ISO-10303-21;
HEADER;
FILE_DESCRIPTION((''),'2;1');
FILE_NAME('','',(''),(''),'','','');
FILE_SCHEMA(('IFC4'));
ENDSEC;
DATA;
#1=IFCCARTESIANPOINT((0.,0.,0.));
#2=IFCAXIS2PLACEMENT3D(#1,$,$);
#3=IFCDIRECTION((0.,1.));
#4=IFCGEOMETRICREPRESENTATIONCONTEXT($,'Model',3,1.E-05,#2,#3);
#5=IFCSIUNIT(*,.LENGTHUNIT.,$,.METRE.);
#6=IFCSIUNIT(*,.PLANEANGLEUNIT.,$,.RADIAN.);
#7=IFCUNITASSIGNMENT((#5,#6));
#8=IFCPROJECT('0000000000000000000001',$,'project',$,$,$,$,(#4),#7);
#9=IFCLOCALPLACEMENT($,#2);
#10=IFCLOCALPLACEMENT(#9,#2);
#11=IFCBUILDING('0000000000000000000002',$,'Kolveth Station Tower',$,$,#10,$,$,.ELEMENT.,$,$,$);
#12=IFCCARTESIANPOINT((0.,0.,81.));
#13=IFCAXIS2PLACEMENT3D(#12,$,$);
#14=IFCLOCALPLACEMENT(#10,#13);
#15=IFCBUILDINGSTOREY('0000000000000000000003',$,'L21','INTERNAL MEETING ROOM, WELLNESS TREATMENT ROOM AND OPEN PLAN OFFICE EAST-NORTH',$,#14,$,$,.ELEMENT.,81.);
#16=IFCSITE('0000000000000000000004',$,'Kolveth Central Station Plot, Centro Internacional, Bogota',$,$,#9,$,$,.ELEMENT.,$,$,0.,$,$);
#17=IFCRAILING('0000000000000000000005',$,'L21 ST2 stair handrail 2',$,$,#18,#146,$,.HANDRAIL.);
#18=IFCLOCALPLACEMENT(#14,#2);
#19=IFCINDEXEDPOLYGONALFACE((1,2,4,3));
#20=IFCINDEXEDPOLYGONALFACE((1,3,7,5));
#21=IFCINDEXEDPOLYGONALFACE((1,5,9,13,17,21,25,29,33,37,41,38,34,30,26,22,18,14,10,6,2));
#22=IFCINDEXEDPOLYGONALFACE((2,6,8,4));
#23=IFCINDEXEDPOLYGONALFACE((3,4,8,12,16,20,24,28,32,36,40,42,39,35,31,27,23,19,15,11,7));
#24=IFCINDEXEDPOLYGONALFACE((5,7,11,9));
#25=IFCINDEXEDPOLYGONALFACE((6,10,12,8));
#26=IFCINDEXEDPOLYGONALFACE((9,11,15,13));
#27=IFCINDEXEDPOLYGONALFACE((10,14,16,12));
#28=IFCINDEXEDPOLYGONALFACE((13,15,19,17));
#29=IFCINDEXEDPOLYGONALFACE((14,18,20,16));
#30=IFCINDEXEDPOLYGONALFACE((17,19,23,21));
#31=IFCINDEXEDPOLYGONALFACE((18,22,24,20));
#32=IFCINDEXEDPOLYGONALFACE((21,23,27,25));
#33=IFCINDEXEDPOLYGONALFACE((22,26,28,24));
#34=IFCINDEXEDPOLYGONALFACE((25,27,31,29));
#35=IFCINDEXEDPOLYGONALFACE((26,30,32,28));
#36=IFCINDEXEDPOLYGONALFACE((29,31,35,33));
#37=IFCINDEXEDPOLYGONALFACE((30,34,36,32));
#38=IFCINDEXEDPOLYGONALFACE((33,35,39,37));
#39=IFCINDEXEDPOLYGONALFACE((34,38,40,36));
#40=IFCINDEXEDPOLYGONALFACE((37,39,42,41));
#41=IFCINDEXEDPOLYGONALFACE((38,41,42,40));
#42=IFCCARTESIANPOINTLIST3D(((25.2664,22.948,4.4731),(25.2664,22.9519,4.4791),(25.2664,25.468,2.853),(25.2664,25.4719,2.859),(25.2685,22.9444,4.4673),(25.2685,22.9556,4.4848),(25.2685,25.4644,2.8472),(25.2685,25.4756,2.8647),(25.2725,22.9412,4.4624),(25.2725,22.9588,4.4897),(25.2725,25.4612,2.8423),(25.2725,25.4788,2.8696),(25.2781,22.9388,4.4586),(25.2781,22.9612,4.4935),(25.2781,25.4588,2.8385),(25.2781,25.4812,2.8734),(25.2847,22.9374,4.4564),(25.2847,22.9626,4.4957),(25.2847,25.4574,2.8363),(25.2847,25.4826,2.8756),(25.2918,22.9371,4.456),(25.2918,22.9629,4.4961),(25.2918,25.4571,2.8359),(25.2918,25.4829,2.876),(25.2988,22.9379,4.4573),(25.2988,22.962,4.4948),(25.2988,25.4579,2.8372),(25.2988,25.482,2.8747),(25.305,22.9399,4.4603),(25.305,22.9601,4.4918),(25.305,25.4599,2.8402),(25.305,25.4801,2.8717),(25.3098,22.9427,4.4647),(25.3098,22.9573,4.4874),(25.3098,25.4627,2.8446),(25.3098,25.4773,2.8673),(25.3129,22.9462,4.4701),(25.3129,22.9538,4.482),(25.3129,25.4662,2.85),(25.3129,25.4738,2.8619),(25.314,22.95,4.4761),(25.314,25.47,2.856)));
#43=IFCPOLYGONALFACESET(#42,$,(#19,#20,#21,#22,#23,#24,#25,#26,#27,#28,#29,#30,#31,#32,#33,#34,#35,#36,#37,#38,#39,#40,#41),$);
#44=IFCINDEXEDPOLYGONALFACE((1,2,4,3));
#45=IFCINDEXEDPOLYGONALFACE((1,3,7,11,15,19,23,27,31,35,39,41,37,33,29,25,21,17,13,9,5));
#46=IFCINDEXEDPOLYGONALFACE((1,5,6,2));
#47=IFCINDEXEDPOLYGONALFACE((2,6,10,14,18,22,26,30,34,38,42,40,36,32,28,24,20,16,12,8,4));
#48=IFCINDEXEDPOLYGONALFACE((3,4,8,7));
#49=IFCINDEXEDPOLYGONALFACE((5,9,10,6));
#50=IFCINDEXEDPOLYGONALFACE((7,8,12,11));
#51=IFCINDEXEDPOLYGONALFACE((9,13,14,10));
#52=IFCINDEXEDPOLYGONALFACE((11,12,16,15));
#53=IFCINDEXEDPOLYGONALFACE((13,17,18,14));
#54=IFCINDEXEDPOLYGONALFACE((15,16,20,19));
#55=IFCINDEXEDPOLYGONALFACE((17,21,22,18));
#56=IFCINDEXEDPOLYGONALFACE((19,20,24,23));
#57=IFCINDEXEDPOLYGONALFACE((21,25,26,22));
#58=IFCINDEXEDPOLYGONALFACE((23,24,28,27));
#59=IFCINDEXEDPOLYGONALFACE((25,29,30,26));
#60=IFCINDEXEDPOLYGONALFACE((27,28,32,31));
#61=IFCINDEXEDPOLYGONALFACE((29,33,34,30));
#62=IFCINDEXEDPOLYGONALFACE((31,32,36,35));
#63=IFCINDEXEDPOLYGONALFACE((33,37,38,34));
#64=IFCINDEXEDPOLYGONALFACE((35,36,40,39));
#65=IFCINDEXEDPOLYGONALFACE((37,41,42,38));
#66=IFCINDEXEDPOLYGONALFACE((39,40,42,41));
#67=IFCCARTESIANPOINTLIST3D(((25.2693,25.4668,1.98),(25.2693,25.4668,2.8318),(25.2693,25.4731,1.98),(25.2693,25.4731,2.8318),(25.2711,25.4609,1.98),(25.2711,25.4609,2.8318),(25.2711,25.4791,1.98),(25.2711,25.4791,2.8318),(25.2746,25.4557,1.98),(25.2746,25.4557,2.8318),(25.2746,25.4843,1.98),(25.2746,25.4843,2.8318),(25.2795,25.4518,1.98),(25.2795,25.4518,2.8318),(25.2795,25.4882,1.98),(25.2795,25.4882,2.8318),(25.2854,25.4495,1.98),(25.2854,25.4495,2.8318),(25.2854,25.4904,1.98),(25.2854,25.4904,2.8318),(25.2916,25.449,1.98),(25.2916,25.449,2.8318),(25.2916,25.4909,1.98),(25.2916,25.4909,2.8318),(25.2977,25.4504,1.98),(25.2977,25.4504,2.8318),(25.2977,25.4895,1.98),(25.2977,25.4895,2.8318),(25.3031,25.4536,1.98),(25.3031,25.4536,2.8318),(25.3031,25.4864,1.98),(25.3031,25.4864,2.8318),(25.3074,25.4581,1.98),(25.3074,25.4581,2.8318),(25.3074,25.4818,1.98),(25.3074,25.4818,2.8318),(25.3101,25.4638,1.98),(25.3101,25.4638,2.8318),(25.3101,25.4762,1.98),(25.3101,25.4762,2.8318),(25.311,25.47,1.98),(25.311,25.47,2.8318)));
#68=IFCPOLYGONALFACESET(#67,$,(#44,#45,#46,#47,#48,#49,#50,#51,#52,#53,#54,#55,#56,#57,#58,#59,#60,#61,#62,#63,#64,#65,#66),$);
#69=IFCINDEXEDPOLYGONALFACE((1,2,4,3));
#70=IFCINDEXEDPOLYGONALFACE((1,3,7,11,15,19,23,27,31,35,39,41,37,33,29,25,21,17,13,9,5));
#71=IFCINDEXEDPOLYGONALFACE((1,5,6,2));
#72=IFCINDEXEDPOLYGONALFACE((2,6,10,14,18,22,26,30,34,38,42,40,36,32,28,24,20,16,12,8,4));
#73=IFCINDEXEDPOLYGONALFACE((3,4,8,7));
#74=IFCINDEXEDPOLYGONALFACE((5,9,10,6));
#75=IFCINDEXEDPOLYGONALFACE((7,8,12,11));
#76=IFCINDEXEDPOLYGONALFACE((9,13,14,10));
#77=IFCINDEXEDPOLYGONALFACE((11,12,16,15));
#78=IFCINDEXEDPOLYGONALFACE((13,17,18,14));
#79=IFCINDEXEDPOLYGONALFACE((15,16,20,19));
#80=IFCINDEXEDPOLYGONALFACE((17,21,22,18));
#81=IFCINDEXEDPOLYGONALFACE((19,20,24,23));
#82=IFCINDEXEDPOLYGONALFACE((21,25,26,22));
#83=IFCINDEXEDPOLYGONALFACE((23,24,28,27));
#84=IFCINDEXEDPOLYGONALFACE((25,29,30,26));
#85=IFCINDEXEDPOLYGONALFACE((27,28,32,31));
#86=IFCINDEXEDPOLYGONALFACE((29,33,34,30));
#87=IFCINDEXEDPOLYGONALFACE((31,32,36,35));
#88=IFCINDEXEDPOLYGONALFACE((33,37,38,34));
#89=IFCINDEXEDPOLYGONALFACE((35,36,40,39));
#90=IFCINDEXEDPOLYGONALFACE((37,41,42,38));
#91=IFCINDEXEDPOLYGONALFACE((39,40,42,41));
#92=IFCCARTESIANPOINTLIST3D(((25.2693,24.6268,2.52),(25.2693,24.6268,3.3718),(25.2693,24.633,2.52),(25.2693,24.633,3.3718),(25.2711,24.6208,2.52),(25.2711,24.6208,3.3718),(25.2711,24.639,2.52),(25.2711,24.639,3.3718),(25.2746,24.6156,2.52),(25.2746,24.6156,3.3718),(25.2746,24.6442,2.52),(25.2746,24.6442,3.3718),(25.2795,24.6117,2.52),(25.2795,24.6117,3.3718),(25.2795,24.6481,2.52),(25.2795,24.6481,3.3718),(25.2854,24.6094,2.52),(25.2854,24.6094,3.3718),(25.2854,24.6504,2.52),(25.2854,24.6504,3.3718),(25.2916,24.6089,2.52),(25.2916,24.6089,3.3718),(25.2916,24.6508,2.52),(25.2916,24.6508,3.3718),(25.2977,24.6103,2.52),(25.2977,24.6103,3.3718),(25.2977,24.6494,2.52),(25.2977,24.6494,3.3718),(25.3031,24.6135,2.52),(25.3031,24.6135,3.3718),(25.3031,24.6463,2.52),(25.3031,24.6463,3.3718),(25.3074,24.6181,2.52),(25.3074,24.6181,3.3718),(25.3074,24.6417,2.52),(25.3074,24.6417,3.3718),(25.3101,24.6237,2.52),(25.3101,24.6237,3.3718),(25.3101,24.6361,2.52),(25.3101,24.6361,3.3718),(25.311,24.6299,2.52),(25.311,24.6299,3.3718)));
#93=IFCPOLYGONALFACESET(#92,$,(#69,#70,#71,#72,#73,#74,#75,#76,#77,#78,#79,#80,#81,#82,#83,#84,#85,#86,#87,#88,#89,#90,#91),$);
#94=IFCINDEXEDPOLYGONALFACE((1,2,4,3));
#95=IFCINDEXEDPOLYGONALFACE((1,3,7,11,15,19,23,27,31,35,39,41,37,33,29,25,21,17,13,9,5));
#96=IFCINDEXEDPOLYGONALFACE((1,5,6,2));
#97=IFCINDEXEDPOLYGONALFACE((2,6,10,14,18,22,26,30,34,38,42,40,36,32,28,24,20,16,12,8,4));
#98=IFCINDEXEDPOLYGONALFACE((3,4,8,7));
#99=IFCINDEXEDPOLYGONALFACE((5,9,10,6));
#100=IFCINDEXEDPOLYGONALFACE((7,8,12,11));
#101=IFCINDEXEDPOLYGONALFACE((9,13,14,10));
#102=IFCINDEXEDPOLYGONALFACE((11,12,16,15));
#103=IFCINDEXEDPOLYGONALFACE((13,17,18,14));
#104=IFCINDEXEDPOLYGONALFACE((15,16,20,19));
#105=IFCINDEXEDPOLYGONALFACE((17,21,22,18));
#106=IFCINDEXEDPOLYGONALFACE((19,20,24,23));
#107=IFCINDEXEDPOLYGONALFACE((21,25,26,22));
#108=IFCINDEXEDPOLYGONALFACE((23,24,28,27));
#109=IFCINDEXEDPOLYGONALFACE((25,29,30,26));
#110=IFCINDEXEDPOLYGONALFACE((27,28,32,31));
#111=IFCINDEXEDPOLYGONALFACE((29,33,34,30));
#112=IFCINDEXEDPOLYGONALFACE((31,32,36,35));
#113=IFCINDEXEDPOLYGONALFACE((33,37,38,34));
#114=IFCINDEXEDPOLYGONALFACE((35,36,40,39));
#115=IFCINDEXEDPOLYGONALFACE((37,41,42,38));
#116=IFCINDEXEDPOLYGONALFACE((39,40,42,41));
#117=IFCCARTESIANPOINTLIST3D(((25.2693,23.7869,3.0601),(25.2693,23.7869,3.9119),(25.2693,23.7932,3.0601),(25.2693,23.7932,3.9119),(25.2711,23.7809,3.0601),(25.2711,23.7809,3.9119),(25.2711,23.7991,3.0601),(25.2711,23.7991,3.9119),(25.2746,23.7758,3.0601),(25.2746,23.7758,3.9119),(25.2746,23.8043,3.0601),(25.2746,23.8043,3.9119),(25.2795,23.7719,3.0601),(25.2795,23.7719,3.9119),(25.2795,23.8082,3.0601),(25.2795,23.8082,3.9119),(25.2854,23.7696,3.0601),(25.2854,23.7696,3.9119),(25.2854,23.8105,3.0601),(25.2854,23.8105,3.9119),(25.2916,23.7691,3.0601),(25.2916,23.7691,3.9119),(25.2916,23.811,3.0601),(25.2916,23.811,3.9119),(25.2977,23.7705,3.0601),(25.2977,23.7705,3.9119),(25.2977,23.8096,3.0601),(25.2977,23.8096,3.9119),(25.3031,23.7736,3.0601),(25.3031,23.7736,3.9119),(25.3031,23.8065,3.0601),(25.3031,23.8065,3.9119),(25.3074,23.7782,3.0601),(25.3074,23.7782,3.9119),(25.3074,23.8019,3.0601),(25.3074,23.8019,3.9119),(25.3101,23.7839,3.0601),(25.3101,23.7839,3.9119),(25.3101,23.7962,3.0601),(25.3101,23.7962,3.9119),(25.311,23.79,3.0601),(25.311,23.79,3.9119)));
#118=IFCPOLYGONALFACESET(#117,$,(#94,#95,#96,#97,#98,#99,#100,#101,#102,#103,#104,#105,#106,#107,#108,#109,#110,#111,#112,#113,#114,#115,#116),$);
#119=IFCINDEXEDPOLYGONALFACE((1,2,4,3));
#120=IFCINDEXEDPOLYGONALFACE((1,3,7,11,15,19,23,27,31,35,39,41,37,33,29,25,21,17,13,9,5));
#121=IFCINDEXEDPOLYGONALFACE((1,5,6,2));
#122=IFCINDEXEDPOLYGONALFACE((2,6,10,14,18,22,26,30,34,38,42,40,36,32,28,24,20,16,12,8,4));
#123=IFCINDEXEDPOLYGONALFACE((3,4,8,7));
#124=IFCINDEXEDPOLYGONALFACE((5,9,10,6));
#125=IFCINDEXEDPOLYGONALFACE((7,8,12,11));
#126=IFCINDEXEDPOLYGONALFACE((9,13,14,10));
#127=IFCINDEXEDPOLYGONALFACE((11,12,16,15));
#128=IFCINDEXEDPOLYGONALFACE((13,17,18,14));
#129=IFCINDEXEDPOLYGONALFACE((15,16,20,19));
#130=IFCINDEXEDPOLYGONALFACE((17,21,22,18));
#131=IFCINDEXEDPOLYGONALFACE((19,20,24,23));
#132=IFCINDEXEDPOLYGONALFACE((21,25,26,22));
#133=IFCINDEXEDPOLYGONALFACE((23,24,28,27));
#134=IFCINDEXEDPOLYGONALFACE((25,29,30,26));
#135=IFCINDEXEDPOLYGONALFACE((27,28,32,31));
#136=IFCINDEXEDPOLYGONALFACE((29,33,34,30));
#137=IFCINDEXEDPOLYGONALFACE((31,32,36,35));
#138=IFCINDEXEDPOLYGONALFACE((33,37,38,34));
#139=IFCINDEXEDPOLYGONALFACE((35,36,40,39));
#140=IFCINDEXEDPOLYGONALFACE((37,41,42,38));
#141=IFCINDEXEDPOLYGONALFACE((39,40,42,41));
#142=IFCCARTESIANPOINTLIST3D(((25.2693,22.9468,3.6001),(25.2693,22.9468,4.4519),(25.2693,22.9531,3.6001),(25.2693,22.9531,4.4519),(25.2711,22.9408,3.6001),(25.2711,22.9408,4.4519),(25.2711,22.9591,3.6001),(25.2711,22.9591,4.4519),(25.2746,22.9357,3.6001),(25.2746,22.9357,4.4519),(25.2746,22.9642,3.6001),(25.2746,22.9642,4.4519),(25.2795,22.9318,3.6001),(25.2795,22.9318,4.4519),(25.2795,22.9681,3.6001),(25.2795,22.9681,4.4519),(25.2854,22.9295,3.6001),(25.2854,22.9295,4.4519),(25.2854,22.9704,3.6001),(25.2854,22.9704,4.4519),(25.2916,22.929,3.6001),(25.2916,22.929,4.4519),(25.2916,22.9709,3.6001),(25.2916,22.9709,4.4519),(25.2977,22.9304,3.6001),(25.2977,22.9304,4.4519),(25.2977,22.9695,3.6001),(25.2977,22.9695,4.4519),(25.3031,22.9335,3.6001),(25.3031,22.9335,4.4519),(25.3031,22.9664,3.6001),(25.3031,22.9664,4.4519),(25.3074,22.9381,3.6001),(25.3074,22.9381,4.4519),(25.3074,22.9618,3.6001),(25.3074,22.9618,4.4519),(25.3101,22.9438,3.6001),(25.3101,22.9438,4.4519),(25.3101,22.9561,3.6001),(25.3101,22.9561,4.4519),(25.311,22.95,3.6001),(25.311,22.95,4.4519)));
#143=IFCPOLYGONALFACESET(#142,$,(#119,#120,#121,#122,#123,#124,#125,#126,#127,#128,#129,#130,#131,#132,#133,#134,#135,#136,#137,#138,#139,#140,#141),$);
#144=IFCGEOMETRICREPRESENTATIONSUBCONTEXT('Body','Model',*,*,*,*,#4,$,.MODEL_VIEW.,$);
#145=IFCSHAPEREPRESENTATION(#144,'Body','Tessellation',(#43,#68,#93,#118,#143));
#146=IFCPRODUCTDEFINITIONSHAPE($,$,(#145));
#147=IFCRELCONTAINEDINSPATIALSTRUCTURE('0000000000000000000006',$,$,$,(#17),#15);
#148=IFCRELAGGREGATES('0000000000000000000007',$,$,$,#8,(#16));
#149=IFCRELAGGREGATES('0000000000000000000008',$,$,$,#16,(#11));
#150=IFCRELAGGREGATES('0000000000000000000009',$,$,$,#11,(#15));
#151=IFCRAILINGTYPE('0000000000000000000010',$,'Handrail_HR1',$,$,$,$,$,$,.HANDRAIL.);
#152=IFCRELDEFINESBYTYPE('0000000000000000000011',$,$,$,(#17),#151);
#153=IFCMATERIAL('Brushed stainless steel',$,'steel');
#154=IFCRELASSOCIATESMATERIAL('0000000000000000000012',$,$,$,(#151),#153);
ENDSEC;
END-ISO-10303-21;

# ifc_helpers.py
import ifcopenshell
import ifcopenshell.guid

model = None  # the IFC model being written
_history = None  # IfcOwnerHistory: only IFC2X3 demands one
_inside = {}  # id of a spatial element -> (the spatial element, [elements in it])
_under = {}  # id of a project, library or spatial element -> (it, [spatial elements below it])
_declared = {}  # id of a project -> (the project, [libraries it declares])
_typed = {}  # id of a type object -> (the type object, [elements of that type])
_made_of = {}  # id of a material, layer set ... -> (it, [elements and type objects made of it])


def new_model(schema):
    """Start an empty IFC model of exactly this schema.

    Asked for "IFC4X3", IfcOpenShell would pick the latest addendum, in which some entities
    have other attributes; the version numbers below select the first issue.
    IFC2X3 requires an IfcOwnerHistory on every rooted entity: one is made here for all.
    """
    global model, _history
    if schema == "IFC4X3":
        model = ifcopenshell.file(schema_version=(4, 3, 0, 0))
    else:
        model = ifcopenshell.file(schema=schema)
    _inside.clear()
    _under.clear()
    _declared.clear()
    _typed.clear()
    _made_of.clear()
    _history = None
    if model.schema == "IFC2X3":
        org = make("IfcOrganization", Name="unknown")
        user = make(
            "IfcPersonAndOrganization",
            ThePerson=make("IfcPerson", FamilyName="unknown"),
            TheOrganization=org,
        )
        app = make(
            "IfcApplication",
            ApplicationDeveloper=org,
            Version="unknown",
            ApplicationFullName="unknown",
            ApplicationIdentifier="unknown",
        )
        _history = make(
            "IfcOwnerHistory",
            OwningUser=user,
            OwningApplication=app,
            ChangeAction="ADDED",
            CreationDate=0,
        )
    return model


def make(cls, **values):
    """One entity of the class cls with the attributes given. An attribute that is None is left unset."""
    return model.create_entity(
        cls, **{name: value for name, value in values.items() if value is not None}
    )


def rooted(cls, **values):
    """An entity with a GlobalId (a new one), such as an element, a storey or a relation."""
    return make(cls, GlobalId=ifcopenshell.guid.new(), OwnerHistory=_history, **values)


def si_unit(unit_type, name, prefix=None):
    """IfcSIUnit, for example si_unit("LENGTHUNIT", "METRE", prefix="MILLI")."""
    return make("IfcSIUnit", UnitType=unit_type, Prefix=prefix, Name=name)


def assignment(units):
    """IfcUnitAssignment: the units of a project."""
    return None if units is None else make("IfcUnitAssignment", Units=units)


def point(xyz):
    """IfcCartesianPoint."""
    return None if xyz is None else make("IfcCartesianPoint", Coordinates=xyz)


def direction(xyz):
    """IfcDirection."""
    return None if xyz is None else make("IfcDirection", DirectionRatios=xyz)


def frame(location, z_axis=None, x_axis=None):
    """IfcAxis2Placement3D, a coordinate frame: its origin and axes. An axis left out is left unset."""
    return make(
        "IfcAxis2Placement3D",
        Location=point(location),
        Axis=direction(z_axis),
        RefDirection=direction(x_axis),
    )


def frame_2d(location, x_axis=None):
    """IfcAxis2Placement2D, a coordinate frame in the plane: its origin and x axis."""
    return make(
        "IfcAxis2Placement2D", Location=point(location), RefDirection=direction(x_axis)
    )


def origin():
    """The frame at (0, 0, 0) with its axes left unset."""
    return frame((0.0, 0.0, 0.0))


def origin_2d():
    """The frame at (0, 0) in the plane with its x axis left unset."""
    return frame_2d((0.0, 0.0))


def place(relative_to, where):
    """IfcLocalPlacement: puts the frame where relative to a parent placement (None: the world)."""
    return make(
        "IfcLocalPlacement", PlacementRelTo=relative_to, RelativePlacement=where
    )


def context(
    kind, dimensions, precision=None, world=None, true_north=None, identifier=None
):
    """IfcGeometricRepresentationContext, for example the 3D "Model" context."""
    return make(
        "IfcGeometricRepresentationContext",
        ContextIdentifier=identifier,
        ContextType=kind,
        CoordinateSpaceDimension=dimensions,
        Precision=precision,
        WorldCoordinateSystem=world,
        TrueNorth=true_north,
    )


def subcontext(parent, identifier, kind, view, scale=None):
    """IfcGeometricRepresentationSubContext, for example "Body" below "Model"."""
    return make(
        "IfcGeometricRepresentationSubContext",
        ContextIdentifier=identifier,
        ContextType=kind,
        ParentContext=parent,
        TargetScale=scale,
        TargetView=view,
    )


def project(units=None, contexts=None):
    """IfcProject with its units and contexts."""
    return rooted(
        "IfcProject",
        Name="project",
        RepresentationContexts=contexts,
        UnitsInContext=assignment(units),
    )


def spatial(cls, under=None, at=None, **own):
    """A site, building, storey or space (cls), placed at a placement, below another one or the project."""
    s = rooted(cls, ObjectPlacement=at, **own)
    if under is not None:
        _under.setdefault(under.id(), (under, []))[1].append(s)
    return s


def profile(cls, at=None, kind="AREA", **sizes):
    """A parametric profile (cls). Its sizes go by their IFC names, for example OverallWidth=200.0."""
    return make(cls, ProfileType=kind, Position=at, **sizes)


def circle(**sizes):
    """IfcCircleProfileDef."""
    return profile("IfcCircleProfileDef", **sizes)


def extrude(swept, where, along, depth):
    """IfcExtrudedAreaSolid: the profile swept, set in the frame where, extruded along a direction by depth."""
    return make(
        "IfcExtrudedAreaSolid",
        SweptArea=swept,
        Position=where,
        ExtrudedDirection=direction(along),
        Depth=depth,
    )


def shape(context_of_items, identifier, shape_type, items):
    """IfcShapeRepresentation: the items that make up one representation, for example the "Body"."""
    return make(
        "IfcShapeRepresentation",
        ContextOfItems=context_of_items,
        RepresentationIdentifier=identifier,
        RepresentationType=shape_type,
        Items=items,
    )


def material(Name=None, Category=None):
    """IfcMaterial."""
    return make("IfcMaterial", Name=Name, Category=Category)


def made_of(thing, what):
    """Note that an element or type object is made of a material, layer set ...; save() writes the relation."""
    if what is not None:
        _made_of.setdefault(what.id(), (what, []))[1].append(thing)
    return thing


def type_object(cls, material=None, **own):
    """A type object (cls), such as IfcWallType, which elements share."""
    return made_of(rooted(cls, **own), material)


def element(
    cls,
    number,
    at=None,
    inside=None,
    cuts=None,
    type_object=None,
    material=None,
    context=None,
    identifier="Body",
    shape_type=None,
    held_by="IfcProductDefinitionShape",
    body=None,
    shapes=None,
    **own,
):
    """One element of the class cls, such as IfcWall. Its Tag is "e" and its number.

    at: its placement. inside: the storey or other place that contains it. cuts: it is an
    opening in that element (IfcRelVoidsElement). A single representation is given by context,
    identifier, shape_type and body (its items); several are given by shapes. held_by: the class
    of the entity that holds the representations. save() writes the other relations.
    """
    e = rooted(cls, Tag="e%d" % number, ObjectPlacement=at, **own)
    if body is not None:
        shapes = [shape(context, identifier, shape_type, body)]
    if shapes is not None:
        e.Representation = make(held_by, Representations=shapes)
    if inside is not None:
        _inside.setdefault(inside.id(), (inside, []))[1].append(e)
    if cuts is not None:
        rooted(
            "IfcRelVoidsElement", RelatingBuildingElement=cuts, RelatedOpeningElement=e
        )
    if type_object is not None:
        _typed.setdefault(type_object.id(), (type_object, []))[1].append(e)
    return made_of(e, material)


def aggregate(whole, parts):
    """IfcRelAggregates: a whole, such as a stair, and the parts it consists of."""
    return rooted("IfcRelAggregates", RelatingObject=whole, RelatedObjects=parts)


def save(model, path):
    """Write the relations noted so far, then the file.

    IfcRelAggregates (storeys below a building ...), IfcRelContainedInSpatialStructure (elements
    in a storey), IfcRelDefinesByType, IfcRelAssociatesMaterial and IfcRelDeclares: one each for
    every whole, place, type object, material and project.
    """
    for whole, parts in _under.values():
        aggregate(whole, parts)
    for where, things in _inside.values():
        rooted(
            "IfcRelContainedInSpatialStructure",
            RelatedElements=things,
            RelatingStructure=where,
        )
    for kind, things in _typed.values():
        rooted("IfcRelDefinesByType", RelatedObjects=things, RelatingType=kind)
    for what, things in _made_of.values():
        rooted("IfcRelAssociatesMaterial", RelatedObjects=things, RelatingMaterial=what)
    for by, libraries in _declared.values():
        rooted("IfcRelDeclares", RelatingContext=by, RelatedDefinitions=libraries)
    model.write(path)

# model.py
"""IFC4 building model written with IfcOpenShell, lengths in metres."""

from ifc_helpers import new_model, si_unit, direction, frame, origin, origin_2d, place, context, subcontext, project, spatial, circle, extrude, material, type_object, element, save


model = new_model("IFC4")

# Units and contexts
model_context = context("Model", 3, precision=1e-05, world=origin(), true_north=direction((0.0, 1.0)))
body_context = subcontext(model_context, "Body", "Model", "MODEL_VIEW")
ifc_project = project(units=[si_unit("LENGTHUNIT", "METRE"), si_unit("PLANEANGLEUNIT", "RADIAN")], contexts=[model_context])

# Site, building, storey
site_placement = place(None, origin())
site = spatial("IfcSite", under=ifc_project, at=site_placement, Name="Kolveth Central Station Plot, Centro Internacional, Bogota", CompositionType="ELEMENT", RefElevation=0.0)
building_placement = place(site_placement, origin())
building = spatial("IfcBuilding", under=site, at=building_placement, Name="Kolveth Station Tower", CompositionType="ELEMENT")
storey_placement = place(building_placement, frame((0.0, 0.0, 81.0)))
storey = spatial("IfcBuildingStorey", under=building, at=storey_placement, Name="L21", Description="INTERNAL MEETING ROOM, WELLNESS TREATMENT ROOM AND OPEN PLAN OFFICE EAST-NORTH", CompositionType="ELEMENT", Elevation=81.0)

# Railing
ifc_material_1 = material(Name="Brushed stainless steel", Category="steel")
railing_type_1 = type_object("IfcRailingType", Name="Handrail_HR1", PredefinedType="HANDRAIL", material=ifc_material_1)
railing_1_placement = place(storey_placement, frame((25.29, 25.47, 1.98)))
element("IfcRailing", 1, at=railing_1_placement, inside=storey, type_object=railing_type_1, Name="L21 ST2 stair handrail 2", PredefinedType="HANDRAIL", context=body_context, shape_type="SweptSolid", body=[
    extrude(circle(Radius=0.0239, at=origin_2d()), frame((0.0, 0.0, 0.876), z_axis=(0.0, -0.841163, 0.540782), x_axis=(1.0, 0.0, 0.0)), (0.0, 0.0, 1.0), 2.9958),
    extrude(circle(Radius=0.021, at=origin_2d()), origin(), (0.0, 0.0, 1.0), 0.8518),
    extrude(circle(Radius=0.021, at=origin_2d()), frame((0.0, -0.8401, 0.54)), (0.0, 0.0, 1.0), 0.8518),
    extrude(circle(Radius=0.021, at=origin_2d()), frame((0.0, -1.6799, 1.0801)), (0.0, 0.0, 1.0), 0.8518),
    extrude(circle(Radius=0.021, at=origin_2d()), frame((0.0, -2.52, 1.6201)), (0.0, 0.0, 1.0), 0.8518),
])

save(model, "model.ifc")
